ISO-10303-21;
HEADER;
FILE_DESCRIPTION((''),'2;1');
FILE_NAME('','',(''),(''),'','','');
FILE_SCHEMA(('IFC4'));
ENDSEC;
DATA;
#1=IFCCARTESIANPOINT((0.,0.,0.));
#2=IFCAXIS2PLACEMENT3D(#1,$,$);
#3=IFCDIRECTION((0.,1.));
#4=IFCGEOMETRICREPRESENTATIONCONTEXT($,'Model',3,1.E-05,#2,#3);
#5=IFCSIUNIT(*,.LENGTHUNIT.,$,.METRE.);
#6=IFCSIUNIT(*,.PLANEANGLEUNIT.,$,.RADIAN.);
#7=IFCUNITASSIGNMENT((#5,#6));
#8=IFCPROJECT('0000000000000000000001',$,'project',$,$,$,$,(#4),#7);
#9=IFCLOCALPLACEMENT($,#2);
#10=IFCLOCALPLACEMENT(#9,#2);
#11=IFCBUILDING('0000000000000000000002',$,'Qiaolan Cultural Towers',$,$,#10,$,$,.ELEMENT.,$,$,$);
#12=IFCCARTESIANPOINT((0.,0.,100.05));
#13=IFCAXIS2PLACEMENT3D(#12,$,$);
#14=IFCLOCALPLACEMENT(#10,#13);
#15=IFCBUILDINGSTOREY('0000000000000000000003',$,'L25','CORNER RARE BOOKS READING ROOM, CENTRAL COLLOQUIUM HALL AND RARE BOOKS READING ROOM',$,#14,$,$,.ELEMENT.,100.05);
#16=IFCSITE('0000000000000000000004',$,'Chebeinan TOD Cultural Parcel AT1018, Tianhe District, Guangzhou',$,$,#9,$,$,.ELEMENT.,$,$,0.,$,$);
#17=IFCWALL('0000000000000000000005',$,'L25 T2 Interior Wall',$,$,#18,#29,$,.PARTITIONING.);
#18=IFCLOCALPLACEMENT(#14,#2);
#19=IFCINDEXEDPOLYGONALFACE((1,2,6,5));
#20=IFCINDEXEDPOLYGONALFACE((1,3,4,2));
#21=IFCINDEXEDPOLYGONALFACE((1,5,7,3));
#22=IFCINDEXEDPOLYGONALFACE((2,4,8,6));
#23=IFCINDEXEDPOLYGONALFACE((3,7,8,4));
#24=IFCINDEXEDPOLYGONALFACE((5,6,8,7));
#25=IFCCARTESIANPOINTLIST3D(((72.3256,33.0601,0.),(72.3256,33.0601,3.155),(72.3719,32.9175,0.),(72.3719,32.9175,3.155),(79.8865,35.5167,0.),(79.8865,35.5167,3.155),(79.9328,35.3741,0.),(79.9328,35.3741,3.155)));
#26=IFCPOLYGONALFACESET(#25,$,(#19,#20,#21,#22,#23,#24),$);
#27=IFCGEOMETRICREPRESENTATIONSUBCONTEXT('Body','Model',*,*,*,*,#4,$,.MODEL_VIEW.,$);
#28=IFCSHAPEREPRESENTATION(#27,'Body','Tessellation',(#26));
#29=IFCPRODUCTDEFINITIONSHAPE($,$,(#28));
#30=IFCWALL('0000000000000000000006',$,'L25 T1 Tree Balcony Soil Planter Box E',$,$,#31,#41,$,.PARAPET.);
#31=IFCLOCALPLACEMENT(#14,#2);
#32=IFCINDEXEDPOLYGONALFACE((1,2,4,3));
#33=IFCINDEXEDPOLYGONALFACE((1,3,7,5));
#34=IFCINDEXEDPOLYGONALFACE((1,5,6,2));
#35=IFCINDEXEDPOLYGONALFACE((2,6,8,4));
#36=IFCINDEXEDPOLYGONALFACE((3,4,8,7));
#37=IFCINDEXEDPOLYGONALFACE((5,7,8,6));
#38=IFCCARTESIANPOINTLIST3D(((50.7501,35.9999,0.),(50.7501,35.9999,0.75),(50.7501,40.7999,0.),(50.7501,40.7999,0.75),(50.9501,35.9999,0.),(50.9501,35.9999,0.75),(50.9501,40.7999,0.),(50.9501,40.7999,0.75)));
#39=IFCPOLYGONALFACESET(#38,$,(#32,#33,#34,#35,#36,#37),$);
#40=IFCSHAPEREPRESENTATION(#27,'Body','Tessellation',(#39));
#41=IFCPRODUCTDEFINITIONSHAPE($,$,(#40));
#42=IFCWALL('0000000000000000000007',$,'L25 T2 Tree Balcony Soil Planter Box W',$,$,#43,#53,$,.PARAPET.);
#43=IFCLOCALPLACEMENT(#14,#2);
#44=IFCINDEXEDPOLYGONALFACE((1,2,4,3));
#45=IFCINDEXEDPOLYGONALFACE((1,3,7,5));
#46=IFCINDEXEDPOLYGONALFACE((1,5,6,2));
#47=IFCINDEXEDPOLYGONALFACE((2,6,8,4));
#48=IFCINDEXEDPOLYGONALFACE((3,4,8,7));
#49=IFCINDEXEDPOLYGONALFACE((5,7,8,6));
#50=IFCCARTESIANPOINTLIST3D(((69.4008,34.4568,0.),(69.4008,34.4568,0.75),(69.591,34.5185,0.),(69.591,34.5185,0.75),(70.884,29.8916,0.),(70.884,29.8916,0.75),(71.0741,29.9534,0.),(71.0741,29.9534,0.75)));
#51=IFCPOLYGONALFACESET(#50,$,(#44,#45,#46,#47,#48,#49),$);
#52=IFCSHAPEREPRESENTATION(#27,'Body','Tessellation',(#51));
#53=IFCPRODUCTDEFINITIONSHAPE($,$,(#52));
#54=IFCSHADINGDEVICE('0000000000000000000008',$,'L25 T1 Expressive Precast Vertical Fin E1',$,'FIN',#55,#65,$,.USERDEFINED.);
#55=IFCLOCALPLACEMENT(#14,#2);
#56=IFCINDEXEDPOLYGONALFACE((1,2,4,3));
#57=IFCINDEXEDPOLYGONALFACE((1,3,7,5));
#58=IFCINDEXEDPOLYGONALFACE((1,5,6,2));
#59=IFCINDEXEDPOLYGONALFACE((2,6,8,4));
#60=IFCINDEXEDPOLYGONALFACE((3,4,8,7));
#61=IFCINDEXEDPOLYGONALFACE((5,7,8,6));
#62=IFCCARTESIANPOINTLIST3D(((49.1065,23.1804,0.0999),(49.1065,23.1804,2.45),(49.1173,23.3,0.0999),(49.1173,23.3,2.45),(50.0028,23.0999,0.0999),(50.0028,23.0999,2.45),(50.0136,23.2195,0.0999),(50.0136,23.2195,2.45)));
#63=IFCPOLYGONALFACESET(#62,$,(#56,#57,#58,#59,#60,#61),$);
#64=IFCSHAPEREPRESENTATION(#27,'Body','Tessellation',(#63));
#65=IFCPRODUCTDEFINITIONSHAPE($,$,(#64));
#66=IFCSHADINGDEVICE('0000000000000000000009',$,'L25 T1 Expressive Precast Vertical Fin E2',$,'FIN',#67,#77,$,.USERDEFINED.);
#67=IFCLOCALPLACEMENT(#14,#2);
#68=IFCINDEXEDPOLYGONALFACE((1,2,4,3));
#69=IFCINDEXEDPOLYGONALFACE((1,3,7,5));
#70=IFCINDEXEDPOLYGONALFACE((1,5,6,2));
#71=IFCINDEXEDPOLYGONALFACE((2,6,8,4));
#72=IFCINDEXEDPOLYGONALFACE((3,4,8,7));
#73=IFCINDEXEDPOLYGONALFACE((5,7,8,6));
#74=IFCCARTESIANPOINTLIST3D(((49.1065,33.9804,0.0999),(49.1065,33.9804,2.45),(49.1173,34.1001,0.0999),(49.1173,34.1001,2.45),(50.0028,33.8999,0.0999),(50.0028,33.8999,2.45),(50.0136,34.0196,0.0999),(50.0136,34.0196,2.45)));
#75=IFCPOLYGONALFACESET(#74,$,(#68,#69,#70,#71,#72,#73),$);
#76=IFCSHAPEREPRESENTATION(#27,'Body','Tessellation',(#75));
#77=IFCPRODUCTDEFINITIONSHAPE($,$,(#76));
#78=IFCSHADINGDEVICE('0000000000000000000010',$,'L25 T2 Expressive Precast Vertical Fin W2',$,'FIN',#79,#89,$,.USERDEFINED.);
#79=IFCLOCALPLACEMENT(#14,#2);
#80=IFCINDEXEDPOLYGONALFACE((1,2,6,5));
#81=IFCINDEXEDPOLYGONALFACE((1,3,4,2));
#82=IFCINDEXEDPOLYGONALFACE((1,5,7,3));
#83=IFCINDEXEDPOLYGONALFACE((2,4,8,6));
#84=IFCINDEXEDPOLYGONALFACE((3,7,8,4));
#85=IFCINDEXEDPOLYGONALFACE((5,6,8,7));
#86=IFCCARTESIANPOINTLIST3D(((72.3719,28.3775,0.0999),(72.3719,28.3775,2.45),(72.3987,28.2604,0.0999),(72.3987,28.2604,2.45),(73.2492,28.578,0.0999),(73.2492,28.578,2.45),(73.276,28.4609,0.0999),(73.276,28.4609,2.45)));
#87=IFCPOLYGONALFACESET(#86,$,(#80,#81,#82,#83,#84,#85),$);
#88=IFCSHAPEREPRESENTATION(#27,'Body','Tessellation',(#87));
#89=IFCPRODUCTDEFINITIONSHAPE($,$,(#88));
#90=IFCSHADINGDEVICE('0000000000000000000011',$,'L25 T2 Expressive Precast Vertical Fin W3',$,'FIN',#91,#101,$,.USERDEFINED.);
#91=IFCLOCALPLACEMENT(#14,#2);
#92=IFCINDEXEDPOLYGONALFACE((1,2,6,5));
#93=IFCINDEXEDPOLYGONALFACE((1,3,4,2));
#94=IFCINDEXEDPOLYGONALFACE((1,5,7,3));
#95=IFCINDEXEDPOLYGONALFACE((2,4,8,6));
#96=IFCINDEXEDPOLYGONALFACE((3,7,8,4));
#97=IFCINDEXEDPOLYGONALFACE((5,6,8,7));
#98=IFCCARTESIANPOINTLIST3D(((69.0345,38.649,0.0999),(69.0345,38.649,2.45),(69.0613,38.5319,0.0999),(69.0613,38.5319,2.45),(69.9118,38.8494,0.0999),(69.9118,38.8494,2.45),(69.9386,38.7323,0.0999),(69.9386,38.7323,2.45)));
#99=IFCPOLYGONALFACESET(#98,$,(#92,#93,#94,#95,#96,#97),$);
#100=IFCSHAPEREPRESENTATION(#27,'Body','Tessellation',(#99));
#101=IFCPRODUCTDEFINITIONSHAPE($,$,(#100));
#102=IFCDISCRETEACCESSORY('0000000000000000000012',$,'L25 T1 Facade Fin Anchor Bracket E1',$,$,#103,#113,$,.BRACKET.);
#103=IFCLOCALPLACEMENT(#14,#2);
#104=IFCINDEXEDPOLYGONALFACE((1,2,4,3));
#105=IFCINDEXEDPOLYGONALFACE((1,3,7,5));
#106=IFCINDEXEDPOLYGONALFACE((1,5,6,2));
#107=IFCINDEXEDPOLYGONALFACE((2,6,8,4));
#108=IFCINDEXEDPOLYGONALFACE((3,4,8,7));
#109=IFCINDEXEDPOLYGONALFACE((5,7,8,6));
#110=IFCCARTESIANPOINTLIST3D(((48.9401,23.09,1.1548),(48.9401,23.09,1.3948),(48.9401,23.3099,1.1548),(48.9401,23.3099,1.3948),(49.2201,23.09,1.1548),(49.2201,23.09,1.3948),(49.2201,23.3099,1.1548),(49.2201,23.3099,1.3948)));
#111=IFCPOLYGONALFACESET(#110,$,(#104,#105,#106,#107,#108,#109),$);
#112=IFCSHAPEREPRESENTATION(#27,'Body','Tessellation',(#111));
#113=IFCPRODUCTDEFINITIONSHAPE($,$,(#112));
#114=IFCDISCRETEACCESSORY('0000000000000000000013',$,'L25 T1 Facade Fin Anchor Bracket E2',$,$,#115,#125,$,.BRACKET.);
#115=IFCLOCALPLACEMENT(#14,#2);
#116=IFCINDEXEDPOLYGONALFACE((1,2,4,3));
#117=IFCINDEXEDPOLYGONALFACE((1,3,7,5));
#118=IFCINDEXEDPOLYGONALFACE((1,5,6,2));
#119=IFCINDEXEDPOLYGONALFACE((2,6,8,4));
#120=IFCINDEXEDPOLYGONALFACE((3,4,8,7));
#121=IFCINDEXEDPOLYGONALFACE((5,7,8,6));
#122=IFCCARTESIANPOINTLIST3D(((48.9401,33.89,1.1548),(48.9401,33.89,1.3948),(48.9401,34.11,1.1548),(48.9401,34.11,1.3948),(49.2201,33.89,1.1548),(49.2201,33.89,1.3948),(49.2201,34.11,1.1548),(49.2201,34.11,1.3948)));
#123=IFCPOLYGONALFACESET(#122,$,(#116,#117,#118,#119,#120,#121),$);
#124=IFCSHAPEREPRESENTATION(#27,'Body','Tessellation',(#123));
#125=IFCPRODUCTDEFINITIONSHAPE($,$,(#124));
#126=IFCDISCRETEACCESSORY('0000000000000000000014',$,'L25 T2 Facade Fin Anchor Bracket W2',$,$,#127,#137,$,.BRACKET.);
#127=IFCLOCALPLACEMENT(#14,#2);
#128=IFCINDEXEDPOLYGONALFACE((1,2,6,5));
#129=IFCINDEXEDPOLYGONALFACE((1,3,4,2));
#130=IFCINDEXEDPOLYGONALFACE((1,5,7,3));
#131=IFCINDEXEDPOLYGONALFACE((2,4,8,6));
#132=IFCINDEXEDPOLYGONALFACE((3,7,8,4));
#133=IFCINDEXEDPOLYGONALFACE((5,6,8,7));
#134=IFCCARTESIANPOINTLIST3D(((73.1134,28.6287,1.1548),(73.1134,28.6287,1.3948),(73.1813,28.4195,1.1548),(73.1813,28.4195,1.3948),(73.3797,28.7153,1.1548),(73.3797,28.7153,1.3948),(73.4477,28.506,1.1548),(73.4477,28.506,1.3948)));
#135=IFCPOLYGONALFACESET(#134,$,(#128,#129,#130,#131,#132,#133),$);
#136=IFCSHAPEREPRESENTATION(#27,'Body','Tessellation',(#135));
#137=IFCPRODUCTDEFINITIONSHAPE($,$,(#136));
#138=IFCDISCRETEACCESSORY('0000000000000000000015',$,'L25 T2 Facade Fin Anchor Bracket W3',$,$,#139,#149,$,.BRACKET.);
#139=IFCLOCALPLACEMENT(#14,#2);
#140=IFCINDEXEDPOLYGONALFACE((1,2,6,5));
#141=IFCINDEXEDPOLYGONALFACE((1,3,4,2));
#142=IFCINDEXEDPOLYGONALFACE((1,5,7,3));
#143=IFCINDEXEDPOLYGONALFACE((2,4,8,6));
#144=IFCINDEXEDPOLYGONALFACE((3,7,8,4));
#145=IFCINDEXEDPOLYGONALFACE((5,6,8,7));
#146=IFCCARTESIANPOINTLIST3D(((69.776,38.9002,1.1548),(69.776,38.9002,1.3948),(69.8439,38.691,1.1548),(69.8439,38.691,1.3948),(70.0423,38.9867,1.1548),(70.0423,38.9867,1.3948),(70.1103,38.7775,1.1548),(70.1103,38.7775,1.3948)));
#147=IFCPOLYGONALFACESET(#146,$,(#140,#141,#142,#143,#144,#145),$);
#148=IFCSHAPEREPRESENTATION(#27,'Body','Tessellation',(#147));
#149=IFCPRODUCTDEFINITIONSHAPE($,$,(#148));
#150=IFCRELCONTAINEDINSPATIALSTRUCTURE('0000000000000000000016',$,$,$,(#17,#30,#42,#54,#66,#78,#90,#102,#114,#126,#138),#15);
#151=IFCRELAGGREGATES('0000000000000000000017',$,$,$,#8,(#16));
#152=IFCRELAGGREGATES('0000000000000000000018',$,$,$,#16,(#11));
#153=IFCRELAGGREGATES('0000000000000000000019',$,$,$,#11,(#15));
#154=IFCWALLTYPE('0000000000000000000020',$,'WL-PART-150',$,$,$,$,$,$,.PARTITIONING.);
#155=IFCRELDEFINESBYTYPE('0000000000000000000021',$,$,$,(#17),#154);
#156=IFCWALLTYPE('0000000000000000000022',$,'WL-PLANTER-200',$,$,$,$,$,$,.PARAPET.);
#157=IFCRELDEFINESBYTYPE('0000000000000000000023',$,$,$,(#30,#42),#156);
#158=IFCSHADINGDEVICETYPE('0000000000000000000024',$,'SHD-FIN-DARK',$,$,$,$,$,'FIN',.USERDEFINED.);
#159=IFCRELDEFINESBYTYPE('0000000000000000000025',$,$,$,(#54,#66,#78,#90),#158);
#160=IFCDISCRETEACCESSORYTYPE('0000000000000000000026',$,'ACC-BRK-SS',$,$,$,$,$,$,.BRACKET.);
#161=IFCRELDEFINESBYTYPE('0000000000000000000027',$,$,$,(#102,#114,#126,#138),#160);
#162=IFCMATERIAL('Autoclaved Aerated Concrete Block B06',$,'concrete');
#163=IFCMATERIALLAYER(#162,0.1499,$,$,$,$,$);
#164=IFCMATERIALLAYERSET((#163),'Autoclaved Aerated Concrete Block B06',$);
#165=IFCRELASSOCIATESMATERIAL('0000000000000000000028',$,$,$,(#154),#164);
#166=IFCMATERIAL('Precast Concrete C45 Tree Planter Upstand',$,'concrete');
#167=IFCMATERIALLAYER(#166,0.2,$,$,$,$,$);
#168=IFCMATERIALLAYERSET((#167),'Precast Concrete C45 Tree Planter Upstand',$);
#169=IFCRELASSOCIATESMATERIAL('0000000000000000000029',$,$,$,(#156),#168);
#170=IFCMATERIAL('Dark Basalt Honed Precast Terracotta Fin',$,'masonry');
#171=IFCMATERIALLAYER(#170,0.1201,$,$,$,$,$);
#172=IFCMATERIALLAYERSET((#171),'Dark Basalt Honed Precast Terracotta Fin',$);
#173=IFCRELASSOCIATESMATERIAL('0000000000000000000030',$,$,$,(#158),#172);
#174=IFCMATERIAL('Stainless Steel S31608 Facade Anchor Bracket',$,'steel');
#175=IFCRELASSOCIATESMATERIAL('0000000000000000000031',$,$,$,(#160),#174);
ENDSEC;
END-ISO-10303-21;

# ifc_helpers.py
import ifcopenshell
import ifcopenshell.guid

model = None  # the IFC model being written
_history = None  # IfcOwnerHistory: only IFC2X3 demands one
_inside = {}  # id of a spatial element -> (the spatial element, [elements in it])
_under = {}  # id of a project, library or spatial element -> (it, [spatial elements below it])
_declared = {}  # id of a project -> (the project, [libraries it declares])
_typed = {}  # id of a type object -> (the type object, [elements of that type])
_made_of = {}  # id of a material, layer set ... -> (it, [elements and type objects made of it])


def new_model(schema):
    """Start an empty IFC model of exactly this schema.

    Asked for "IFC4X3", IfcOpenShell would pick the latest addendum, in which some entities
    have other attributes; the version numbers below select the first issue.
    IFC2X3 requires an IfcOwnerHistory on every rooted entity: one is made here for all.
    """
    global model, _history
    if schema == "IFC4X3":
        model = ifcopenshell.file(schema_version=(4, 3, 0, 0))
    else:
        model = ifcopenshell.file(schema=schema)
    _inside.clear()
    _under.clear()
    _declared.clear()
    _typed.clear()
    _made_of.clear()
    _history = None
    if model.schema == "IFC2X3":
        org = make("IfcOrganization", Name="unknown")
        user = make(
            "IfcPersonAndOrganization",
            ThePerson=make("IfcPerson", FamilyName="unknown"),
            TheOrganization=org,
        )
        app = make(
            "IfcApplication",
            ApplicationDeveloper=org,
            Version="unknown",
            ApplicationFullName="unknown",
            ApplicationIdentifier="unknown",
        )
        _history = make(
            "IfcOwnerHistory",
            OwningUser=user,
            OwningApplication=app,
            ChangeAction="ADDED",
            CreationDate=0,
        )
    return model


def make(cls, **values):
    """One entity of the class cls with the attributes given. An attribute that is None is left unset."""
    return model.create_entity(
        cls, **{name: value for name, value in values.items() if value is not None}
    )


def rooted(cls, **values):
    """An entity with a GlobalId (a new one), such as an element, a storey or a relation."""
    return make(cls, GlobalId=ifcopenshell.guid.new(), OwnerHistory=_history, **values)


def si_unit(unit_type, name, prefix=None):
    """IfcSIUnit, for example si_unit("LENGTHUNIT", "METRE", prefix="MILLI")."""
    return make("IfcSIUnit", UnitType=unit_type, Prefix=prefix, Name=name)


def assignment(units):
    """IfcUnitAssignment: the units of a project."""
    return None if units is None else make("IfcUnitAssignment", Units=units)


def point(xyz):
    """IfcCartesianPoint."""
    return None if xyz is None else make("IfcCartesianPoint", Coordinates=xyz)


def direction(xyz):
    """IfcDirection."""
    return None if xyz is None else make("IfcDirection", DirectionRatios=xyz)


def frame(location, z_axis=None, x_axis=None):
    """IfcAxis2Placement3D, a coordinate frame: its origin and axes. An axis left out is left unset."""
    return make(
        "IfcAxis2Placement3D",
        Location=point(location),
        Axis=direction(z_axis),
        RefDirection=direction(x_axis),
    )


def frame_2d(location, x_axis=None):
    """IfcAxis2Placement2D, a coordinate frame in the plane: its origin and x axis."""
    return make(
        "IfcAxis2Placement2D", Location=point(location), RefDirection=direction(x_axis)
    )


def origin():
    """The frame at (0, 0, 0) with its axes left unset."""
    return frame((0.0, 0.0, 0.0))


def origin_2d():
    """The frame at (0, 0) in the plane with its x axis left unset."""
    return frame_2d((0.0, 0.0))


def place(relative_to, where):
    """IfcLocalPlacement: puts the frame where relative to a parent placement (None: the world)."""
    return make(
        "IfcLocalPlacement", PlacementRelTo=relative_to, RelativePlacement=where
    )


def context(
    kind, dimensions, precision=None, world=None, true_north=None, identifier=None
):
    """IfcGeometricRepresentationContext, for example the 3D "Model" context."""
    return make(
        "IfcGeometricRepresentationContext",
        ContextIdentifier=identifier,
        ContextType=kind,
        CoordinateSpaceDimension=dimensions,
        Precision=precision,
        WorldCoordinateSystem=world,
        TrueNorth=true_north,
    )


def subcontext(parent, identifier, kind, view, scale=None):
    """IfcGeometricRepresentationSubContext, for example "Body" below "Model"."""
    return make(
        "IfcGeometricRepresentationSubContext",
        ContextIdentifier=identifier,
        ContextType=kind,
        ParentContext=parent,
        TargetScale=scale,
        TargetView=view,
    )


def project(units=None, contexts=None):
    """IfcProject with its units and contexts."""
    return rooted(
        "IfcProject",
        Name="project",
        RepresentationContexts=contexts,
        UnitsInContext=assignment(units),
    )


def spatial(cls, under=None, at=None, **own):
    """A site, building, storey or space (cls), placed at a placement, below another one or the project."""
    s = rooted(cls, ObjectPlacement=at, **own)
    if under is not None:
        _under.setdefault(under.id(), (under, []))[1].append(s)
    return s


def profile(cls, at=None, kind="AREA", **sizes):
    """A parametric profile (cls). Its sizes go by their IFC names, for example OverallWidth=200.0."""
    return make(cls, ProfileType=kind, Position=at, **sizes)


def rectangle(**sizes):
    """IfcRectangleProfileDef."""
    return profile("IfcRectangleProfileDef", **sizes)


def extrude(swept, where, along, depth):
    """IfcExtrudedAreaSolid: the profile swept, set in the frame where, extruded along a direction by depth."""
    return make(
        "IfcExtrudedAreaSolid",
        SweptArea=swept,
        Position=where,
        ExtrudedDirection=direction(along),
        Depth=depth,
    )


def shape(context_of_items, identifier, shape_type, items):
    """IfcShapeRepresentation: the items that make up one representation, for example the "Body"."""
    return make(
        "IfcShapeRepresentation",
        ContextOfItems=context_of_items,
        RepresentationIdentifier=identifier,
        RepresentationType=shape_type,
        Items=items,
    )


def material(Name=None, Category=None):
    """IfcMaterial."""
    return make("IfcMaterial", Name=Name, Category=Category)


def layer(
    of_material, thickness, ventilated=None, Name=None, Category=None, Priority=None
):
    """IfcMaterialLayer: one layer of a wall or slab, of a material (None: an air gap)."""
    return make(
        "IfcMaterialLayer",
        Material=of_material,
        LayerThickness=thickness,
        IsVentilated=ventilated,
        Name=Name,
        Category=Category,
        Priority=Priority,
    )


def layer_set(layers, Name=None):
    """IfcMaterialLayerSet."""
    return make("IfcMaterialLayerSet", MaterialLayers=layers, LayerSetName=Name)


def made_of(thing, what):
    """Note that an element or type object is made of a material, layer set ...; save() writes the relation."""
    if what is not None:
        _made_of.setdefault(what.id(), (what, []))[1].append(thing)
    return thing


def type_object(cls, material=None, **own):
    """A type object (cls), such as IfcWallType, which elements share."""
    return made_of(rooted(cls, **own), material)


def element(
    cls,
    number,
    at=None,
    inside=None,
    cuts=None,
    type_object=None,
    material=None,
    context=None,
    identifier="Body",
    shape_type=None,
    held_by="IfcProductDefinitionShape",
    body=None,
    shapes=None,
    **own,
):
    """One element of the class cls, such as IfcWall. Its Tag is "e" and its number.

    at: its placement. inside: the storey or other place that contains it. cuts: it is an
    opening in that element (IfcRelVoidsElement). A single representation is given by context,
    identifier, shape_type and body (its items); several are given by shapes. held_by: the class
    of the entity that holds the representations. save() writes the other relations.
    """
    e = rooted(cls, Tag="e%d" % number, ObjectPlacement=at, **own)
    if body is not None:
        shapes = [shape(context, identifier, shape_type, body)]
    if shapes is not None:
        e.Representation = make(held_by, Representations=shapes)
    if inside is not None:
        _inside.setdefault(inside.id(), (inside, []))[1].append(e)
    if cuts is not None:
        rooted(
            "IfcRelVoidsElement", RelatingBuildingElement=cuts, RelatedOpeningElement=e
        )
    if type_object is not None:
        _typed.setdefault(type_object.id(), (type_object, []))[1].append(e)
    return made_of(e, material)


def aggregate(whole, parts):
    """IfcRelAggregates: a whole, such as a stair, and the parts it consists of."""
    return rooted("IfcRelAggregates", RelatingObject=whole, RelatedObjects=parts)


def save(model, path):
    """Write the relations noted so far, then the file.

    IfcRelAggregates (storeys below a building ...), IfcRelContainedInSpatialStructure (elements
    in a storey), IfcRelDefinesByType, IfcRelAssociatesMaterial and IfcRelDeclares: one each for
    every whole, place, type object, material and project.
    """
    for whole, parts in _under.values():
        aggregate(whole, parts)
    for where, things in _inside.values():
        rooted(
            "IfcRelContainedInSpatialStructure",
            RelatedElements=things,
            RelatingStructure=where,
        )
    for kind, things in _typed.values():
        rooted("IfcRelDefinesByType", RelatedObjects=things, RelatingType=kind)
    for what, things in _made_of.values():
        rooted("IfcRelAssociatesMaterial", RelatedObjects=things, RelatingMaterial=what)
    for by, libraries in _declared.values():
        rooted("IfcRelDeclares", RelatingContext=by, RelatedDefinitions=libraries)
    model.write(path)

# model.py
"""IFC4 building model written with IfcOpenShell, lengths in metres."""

from ifc_helpers import new_model, si_unit, direction, frame, frame_2d, origin, origin_2d, place, context, subcontext, project, spatial, rectangle, extrude, material, layer, layer_set, type_object, element, save


model = new_model("IFC4")

# Units and contexts
model_context = context("Model", 3, precision=1e-05, world=origin(), true_north=direction((0.0, 1.0)))
body_context = subcontext(model_context, "Body", "Model", "MODEL_VIEW")
ifc_project = project(units=[si_unit("LENGTHUNIT", "METRE"), si_unit("PLANEANGLEUNIT", "RADIAN")], contexts=[model_context])

# Site, building, storey
site_placement = place(None, origin())
site = spatial("IfcSite", under=ifc_project, at=site_placement, Name="Chebeinan TOD Cultural Parcel AT1018, Tianhe District, Guangzhou", CompositionType="ELEMENT", RefElevation=0.0)
building_placement = place(site_placement, origin())
building = spatial("IfcBuilding", under=site, at=building_placement, Name="Qiaolan Cultural Towers", CompositionType="ELEMENT")
storey_placement = place(building_placement, frame((0.0, 0.0, 100.05)))
storey = spatial("IfcBuildingStorey", under=building, at=storey_placement, Name="L25", Description="CORNER RARE BOOKS READING ROOM, CENTRAL COLLOQUIUM HALL AND RARE BOOKS READING ROOM", CompositionType="ELEMENT", Elevation=100.05)

# Shared definitions
ifc_material_1 = material(Name="Autoclaved Aerated Concrete Block B06", Category="concrete")
ifc_layer_1 = layer(ifc_material_1, 0.1499)
ifc_layer_set_1 = layer_set([ifc_layer_1], Name="Autoclaved Aerated Concrete Block B06")
wall_type_1 = type_object("IfcWallType", Name="WL-PART-150", PredefinedType="PARTITIONING", material=ifc_layer_set_1)

# Walls
for number, where, z_axis, x_axis, name in (
    (1, (72.3486, 32.9888, 0.0), (0.0, 0.0, 1.0), (0.95106, 0.309005, 0.0), "L25 T2 Interior Wall"),
):
    element("IfcWall", number, at=place(storey_placement, frame(where, z_axis=z_axis, x_axis=x_axis)), inside=storey, type_object=wall_type_1, Name=name, PredefinedType="PARTITIONING", context=body_context, shape_type="SweptSolid", body=[
        extrude(rectangle(XDim=7.95, YDim=0.1499, at=frame_2d((3.9751, 0.0))), origin(), (0.0, 0.0, 1.0), 3.155),
    ])
ifc_material_2 = material(Name="Precast Concrete C45 Tree Planter Upstand", Category="concrete")
ifc_layer_2 = layer(ifc_material_2, 0.2)
ifc_layer_set_2 = layer_set([ifc_layer_2], Name="Precast Concrete C45 Tree Planter Upstand")
wall_type_2 = type_object("IfcWallType", Name="WL-PLANTER-200", PredefinedType="PARAPET", material=ifc_layer_set_2)
for number, where, z_axis, x_axis, name in (
    (2, (50.8501, 36.0, 0.0), (0.0, 0.0, 1.0), (0.0, 1.0, 0.0), "L25 T1 Tree Balcony Soil Planter Box E"),
    (3, (70.979, 29.9226, 0.0), (0.0, 0.0, 1.0), (-0.308986, 0.951067, 0.0), "L25 T2 Tree Balcony Soil Planter Box W"),
):
    element("IfcWall", number, at=place(storey_placement, frame(where, z_axis=z_axis, x_axis=x_axis)), inside=storey, type_object=wall_type_2, Name=name, PredefinedType="PARAPET", context=body_context, shape_type="SweptSolid", body=[
        extrude(rectangle(XDim=4.8, YDim=0.2, at=frame_2d((2.3999, 0.0))), origin(), (0.0, 0.0, 1.0), 0.75),
    ])

# Shading devices
ifc_material_3 = material(Name="Dark Basalt Honed Precast Terracotta Fin", Category="masonry")
ifc_layer_3 = layer(ifc_material_3, 0.1201)
ifc_layer_set_3 = layer_set([ifc_layer_3], Name="Dark Basalt Honed Precast Terracotta Fin")
shading_device_type = type_object("IfcShadingDeviceType", Name="SHD-FIN-DARK", ElementType="FIN", PredefinedType="USERDEFINED", material=ifc_layer_set_3)
for number, where, z_axis, x_axis, name in (
    (4, (49.5601, 23.2, 0.0999), (0.0, 0.0, 1.0), (0.995994, -0.089421, 0.0), "L25 T1 Expressive Precast Vertical Fin E1"),
    (5, (49.5601, 34.0, 0.0999), (0.0, 0.0, 1.0), (0.995994, -0.089421, 0.0), "L25 T1 Expressive Precast Vertical Fin E2"),
    (6, (72.824, 28.4192, 0.0999), (0.0, 0.0, 1.0), (0.974879, 0.222735, 0.0), "L25 T2 Expressive Precast Vertical Fin W2"),
    (7, (69.4866, 38.6907, 0.0999), (0.0, 0.0, 1.0), (0.974879, 0.222735, 0.0), "L25 T2 Expressive Precast Vertical Fin W3"),
):
    element("IfcShadingDevice", number, at=place(storey_placement, frame(where, z_axis=z_axis, x_axis=x_axis)), inside=storey, type_object=shading_device_type, Name=name, ObjectType="FIN", PredefinedType="USERDEFINED", context=body_context, shape_type="SweptSolid", body=[
        extrude(rectangle(XDim=0.8999, YDim=0.1201, at=origin_2d()), origin(), (0.0, 0.0, 1.0), 2.3501),
    ])

# Discrete accessories
ifc_material_4 = material(Name="Stainless Steel S31608 Facade Anchor Bracket", Category="steel")
discrete_accessory_type = type_object("IfcDiscreteAccessoryType", Name="ACC-BRK-SS", PredefinedType="BRACKET", material=ifc_material_4)
for number, where, z_axis, x_axis, name in (
    (8, (49.0801, 23.2, 1.1548), (0.0, 0.0, 1.0), (1.0, 0.0, 0.0), "L25 T1 Facade Fin Anchor Bracket E1"),
    (9, (49.0801, 34.0, 1.1548), (0.0, 0.0, 1.0), (1.0, 0.0, 0.0), "L25 T1 Facade Fin Anchor Bracket E2"),
    (10, (73.2805, 28.5674, 1.1548), (0.0, 0.0, 1.0), (0.951057, 0.309017, 0.0), "L25 T2 Facade Fin Anchor Bracket W2"),
    (11, (69.9431, 38.8389, 1.1548), (0.0, 0.0, 1.0), (0.951057, 0.309017, 0.0), "L25 T2 Facade Fin Anchor Bracket W3"),
):
    element("IfcDiscreteAccessory", number, at=place(storey_placement, frame(where, z_axis=z_axis, x_axis=x_axis)), inside=storey, type_object=discrete_accessory_type, Name=name, PredefinedType="BRACKET", context=body_context, shape_type="SweptSolid", body=[
        extrude(rectangle(XDim=0.28, YDim=0.22, at=origin_2d()), origin(), (0.0, 0.0, 1.0), 0.24),
    ])

save(model, "model.ifc")
